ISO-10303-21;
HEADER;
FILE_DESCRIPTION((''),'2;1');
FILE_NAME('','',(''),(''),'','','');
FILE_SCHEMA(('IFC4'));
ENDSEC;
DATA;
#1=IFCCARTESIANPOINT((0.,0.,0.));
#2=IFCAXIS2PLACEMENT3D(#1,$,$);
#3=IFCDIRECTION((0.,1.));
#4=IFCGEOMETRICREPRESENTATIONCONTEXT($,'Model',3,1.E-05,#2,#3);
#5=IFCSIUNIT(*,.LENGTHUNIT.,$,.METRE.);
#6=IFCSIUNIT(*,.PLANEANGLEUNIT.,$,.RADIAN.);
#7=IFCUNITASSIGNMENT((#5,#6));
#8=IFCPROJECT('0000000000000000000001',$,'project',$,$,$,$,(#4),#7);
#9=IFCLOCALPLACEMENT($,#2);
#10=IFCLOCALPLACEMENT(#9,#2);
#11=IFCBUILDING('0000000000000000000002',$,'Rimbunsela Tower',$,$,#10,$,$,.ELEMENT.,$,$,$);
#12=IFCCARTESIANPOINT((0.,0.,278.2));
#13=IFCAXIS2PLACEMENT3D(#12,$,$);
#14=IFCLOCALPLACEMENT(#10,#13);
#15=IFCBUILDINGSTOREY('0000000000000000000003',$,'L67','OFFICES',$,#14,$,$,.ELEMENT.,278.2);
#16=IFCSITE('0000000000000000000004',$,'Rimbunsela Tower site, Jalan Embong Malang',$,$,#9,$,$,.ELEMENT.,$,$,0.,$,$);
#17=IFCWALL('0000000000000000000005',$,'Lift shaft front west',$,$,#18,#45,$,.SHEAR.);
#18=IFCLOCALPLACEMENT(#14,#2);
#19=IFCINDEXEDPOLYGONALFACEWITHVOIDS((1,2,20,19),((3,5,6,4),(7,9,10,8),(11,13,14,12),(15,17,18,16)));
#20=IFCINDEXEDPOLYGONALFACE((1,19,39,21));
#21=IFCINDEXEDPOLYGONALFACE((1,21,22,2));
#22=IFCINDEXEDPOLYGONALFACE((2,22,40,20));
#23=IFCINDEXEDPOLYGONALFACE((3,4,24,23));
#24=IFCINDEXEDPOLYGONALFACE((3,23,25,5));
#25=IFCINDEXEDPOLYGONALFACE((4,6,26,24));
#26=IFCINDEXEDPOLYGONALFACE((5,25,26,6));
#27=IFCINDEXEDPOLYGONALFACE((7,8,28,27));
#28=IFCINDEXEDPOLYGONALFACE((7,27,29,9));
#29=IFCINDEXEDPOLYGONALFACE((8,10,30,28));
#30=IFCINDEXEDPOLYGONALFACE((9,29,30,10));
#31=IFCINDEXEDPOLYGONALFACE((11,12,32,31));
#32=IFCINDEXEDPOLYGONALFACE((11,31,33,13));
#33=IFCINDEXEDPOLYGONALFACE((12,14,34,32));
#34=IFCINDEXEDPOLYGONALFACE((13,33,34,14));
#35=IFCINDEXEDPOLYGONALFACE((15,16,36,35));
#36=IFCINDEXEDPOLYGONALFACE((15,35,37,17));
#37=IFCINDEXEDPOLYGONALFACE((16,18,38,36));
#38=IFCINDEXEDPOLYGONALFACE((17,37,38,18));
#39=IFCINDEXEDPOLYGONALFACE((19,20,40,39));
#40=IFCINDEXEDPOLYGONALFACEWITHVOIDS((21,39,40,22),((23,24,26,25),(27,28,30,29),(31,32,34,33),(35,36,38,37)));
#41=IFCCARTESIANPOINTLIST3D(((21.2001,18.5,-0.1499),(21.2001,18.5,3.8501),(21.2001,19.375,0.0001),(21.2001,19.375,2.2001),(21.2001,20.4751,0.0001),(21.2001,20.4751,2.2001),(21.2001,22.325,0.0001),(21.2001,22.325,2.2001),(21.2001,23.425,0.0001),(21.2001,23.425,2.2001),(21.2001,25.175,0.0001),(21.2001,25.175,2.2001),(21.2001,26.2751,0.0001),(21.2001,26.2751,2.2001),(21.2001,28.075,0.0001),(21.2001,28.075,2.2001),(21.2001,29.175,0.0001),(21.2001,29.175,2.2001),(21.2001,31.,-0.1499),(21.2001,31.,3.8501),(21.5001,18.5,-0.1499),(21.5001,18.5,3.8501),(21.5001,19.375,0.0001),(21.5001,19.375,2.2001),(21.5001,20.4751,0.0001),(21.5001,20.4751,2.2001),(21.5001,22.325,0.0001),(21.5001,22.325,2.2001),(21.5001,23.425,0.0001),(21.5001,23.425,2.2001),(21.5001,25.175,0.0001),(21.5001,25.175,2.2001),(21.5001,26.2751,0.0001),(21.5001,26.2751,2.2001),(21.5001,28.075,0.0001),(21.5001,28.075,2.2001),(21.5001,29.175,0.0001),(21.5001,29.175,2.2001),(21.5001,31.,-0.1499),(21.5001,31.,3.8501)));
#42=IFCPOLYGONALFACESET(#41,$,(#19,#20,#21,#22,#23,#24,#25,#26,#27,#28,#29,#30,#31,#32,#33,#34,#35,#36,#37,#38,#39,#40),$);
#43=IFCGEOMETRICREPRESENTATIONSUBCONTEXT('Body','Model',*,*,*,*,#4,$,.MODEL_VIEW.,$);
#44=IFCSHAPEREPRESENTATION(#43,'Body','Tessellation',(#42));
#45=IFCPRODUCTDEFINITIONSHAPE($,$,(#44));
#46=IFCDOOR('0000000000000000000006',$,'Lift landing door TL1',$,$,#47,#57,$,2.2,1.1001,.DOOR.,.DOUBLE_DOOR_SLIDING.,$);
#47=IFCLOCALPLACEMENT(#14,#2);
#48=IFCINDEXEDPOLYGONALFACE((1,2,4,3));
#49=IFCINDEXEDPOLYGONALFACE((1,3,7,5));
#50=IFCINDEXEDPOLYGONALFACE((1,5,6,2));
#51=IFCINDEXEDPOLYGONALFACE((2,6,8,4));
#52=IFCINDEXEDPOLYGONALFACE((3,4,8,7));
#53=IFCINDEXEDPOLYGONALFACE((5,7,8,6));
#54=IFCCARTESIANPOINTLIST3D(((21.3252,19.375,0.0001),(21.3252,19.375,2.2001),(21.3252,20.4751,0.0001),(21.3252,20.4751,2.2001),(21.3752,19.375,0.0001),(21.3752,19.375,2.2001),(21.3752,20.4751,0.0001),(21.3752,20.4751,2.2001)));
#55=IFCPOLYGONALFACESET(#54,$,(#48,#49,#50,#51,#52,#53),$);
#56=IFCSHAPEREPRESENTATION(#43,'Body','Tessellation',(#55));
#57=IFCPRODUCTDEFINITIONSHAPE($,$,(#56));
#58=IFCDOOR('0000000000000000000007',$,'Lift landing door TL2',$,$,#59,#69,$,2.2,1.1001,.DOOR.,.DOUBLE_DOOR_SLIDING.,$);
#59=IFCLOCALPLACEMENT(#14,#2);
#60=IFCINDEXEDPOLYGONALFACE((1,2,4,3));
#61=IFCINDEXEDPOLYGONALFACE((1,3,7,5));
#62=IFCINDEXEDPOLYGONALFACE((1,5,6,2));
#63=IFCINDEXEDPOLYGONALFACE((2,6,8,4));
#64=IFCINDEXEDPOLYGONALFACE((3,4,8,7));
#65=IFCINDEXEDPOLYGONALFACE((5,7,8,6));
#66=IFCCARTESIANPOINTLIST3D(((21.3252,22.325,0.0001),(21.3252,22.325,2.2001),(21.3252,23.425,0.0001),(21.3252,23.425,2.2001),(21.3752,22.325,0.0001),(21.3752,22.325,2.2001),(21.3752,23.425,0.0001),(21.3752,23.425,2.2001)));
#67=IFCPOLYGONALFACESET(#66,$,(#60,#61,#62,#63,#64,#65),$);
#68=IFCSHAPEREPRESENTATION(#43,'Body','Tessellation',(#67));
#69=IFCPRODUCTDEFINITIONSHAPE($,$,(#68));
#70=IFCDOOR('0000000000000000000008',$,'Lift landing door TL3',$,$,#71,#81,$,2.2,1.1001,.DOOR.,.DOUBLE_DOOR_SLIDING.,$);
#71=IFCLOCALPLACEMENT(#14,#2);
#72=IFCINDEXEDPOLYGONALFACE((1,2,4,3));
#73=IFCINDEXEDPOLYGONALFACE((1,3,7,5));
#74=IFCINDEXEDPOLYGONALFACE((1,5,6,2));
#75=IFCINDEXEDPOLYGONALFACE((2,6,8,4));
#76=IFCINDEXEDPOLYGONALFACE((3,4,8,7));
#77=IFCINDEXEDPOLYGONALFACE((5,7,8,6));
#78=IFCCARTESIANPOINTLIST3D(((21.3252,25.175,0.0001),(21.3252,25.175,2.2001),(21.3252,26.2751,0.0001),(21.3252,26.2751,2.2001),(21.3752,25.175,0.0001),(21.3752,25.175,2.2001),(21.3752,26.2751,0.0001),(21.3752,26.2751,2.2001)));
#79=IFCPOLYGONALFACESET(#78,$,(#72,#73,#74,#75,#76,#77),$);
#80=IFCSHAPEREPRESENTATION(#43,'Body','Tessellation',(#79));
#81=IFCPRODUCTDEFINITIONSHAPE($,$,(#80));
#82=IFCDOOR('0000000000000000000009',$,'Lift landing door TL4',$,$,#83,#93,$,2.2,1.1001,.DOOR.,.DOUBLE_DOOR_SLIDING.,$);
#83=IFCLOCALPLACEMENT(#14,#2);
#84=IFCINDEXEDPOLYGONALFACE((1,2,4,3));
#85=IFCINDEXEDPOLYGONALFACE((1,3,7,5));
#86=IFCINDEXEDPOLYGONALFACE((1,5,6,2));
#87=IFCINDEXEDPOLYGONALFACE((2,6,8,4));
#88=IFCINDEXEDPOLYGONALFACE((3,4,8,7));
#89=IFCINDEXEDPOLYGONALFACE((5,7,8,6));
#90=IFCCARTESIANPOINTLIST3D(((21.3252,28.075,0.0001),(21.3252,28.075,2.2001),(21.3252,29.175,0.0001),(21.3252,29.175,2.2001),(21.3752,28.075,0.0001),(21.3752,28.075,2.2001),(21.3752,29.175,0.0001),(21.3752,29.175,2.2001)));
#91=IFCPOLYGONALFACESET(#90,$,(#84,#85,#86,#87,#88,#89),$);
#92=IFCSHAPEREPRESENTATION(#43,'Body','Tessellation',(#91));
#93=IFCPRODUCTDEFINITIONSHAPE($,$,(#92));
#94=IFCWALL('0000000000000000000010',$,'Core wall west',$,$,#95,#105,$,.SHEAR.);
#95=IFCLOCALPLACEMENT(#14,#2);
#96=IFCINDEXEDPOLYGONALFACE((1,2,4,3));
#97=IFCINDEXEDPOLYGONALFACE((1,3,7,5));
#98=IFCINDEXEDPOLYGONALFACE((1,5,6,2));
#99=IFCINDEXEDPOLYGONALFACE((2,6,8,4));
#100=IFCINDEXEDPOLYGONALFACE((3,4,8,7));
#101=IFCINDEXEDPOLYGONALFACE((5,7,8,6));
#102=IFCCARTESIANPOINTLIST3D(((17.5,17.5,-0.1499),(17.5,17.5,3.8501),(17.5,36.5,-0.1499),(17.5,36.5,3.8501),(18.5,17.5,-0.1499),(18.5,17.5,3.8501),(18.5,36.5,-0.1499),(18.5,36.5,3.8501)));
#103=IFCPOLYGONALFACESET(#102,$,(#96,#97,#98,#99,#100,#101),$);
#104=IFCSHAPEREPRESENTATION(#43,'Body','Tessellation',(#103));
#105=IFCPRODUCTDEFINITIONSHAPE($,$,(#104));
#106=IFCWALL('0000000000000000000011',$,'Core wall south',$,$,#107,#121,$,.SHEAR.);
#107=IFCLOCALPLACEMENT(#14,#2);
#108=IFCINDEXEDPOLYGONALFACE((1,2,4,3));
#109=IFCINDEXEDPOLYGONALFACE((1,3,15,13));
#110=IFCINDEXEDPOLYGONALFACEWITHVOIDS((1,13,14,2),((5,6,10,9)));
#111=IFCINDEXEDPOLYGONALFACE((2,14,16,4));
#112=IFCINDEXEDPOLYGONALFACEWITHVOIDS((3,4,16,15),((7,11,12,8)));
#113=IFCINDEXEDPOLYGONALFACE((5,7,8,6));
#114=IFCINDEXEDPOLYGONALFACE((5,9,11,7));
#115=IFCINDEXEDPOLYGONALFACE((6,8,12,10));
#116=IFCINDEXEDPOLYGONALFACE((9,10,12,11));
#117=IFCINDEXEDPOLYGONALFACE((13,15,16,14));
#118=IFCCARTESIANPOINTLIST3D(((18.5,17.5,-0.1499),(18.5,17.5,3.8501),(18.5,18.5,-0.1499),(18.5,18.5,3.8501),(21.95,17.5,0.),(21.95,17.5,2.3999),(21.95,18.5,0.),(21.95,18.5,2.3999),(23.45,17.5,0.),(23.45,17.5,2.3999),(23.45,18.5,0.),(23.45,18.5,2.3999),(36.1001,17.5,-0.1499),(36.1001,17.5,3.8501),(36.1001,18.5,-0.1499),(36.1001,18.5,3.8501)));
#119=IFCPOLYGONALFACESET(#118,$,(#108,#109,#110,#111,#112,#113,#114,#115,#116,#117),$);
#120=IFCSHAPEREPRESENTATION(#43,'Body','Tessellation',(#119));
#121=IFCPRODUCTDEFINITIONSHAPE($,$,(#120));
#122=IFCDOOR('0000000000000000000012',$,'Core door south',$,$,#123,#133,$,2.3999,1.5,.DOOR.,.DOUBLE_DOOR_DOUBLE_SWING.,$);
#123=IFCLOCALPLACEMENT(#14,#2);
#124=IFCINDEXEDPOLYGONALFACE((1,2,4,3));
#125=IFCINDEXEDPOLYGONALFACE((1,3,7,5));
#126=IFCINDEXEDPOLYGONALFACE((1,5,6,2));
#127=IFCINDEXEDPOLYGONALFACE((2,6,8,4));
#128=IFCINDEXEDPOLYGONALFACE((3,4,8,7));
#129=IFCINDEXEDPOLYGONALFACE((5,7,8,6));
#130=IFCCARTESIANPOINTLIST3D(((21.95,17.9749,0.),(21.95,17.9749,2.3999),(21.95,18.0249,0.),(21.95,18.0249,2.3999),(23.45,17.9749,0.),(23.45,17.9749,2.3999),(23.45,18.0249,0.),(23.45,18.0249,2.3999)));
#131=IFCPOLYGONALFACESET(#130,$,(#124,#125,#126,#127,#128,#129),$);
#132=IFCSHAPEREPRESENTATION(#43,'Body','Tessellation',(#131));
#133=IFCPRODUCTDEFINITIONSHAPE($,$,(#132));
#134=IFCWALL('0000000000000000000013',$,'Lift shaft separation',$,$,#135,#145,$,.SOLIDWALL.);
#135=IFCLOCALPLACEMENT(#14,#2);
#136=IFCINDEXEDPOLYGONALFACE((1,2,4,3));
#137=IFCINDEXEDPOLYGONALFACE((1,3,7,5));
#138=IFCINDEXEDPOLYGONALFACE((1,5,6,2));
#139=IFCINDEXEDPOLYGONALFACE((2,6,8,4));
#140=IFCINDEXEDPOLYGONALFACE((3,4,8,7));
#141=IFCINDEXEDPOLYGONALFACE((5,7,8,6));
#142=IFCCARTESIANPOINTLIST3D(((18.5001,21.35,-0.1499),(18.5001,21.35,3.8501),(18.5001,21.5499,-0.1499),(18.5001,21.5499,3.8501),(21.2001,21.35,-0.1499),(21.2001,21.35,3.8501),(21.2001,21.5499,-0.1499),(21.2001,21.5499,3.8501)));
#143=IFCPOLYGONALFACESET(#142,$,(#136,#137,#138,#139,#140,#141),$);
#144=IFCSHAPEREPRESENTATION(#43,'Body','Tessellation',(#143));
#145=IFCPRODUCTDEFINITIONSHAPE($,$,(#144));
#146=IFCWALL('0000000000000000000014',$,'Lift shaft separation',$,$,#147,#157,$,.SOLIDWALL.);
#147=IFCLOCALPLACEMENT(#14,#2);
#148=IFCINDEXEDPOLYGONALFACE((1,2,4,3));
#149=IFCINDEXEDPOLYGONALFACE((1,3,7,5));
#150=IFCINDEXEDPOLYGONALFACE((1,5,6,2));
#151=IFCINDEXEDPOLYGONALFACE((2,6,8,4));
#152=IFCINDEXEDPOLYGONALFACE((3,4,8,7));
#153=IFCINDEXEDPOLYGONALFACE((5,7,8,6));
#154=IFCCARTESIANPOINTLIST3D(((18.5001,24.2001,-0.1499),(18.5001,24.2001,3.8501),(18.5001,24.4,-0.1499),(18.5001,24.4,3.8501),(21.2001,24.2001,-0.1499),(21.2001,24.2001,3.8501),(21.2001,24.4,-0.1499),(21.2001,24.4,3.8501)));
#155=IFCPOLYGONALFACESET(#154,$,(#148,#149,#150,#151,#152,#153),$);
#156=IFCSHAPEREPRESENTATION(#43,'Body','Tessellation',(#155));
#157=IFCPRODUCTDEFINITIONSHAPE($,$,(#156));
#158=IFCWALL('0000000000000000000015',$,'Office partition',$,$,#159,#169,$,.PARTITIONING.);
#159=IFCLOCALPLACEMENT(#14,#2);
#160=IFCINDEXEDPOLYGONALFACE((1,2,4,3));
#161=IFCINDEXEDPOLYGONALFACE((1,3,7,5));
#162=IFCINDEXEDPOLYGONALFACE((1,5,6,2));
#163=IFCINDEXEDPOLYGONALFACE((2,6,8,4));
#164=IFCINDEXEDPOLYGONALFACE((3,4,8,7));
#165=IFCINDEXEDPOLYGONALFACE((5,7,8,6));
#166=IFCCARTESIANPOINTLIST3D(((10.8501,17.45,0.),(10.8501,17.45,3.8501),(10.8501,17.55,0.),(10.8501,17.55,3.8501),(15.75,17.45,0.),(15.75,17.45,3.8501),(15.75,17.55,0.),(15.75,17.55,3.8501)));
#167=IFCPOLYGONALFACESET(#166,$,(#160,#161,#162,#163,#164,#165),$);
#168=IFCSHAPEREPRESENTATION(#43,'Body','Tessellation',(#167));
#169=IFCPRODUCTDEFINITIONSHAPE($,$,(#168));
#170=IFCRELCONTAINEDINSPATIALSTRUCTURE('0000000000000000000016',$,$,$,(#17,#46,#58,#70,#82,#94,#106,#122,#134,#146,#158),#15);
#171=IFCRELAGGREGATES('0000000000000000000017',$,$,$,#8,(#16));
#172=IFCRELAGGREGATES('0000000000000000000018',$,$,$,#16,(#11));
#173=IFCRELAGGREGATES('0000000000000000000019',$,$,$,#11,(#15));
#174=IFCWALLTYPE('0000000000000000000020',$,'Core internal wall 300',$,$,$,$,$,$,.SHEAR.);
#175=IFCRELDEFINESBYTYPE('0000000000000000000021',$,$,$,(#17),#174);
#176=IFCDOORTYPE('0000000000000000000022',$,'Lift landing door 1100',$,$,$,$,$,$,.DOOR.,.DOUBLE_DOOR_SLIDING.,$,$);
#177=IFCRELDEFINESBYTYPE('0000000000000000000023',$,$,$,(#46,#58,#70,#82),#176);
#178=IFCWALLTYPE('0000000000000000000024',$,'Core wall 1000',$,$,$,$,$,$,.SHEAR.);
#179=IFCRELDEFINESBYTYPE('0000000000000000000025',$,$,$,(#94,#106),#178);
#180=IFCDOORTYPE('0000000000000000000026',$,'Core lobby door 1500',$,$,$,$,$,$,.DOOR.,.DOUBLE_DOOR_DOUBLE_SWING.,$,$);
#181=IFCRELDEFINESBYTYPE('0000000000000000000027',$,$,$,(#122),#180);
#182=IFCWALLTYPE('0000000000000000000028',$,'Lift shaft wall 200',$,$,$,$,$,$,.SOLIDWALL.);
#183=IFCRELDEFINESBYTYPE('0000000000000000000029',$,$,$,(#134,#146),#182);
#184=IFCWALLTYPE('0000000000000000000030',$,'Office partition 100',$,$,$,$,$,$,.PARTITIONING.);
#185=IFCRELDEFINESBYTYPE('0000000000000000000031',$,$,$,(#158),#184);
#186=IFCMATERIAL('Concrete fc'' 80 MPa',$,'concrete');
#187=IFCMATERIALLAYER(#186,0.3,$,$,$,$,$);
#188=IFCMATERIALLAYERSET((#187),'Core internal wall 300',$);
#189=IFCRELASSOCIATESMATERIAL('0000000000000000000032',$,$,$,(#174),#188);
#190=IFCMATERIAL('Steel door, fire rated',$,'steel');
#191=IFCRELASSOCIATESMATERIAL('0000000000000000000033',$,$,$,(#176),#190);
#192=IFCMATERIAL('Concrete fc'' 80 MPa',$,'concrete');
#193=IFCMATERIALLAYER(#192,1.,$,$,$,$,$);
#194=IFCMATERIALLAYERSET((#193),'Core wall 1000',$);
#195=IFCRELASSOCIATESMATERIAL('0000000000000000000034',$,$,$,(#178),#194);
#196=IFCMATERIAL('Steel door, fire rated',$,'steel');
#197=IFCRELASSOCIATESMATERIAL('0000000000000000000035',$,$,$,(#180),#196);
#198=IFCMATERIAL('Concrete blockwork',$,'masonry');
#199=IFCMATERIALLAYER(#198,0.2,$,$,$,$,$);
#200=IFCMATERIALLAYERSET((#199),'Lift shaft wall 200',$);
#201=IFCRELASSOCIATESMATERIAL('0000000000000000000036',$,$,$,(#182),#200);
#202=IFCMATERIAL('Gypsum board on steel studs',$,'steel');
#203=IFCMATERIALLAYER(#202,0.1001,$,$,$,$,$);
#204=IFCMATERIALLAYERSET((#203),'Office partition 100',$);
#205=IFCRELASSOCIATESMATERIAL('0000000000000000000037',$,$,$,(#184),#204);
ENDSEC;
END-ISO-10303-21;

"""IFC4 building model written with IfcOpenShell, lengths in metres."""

from ifc_helpers import new_model, si_unit, direction, frame, frame_2d, origin, place, context, subcontext, project, spatial, rectangle, extrude, material, layer, layer_set, type_object, element, fill, save


model = new_model("IFC4")

# Units and contexts
model_context = context("Model", 3, precision=1e-05, world=origin(), true_north=direction((0.0, 1.0)))
body_context = subcontext(model_context, "Body", "Model", "MODEL_VIEW")
ifc_project = project(units=[si_unit("LENGTHUNIT", "METRE"), si_unit("PLANEANGLEUNIT", "RADIAN")], contexts=[model_context])

# Site, building, storey
site_placement = place(None, origin())
site = spatial("IfcSite", under=ifc_project, at=site_placement, Name="Rimbunsela Tower site, Jalan Embong Malang", CompositionType="ELEMENT", RefElevation=0.0)
building_placement = place(site_placement, origin())
building = spatial("IfcBuilding", under=site, at=building_placement, Name="Rimbunsela Tower", CompositionType="ELEMENT")
storey_placement = place(building_placement, frame((0.0, 0.0, 278.2)))
storey = spatial("IfcBuildingStorey", under=building, at=storey_placement, Name="L67", Description="OFFICES", CompositionType="ELEMENT", Elevation=278.2)

# Wall, openings, doors
ifc_material_1 = material(Name="Concrete fc' 80 MPa", Category="concrete")
ifc_layer_1 = layer(ifc_material_1, 0.3)
ifc_layer_set_1 = layer_set([ifc_layer_1], Name="Core internal wall 300")
wall_type_1 = type_object("IfcWallType", Name="Core internal wall 300", PredefinedType="SHEAR", material=ifc_layer_set_1)
wall_1_placement = place(storey_placement, frame((21.3501, 18.5, -0.1499), z_axis=(0.0, 0.0, 1.0), x_axis=(0.0, 1.0, 0.0)))
wall_1 = element("IfcWall", 1, at=wall_1_placement, inside=storey, type_object=wall_type_1, Name="Lift shaft front west", PredefinedType="SHEAR", context=body_context, shape_type="SweptSolid", body=[
    extrude(rectangle(XDim=12.5, YDim=0.3, at=frame_2d((6.25, 0.0))), origin(), (0.0, 0.0, 1.0), 4.0),
])
opening_1_placement = place(wall_1_placement, frame((0.875, 0.0, 0.1499)))
opening_1 = element("IfcOpeningElement", 2, at=opening_1_placement, cuts=wall_1, PredefinedType="OPENING", context=body_context, shape_type="SweptSolid", body=[
    extrude(rectangle(XDim=1.1001, YDim=2.2, at=frame_2d((0.55, 1.1001))), frame((0.0, 0.1599, 0.0), z_axis=(0.0, -1.0, 0.0), x_axis=(1.0, 0.0, 0.0)), (0.0, 0.0, 1.0), 0.3201),
])
opening_2_placement = place(wall_1_placement, frame((3.825, 0.0, 0.1499)))
opening_2 = element("IfcOpeningElement", 3, at=opening_2_placement, cuts=wall_1, PredefinedType="OPENING", context=body_context, shape_type="SweptSolid", body=[
    extrude(rectangle(XDim=1.1001, YDim=2.2, at=frame_2d((0.55, 1.1001))), frame((0.0, 0.1599, 0.0), z_axis=(0.0, -1.0, 0.0), x_axis=(1.0, 0.0, 0.0)), (0.0, 0.0, 1.0), 0.3201),
])
opening_3_placement = place(wall_1_placement, frame((6.675, 0.0, 0.1499)))
opening_3 = element("IfcOpeningElement", 4, at=opening_3_placement, cuts=wall_1, PredefinedType="OPENING", context=body_context, shape_type="SweptSolid", body=[
    extrude(rectangle(XDim=1.1001, YDim=2.2, at=frame_2d((0.55, 1.1001))), frame((0.0, 0.1599, 0.0), z_axis=(0.0, -1.0, 0.0), x_axis=(1.0, 0.0, 0.0)), (0.0, 0.0, 1.0), 0.3201),
])
opening_4_placement = place(wall_1_placement, frame((9.575, 0.0, 0.1499)))
opening_4 = element("IfcOpeningElement", 5, at=opening_4_placement, cuts=wall_1, PredefinedType="OPENING", context=body_context, shape_type="SweptSolid", body=[
    extrude(rectangle(XDim=1.1001, YDim=2.2, at=frame_2d((0.55, 1.1001))), frame((0.0, 0.1599, 0.0), z_axis=(0.0, -1.0, 0.0), x_axis=(1.0, 0.0, 0.0)), (0.0, 0.0, 1.0), 0.3201),
])
ifc_material_2 = material(Name="Steel door, fire rated", Category="steel")
door_type_1 = type_object("IfcDoorType", Name="Lift landing door 1100", OperationType="DOUBLE_DOOR_SLIDING", PredefinedType="DOOR", material=ifc_material_2)
door_1_placement = place(opening_1_placement, origin())
door_1 = element("IfcDoor", 6, at=door_1_placement, inside=storey, type_object=door_type_1, Name="Lift landing door TL1", OperationType="DOUBLE_DOOR_SLIDING", OverallHeight=2.2, OverallWidth=1.1001, PredefinedType="DOOR", context=body_context, shape_type="SweptSolid", body=[
    extrude(rectangle(XDim=1.1001, YDim=2.2, at=frame_2d((0.55, 1.1001))), frame((0.0, 0.0249, 0.0), z_axis=(0.0, -1.0, 0.0), x_axis=(1.0, 0.0, 0.0)), (0.0, 0.0, 1.0), 0.05),
])
fill(opening_1, door_1)
door_2_placement = place(opening_2_placement, origin())
door_2 = element("IfcDoor", 7, at=door_2_placement, inside=storey, type_object=door_type_1, Name="Lift landing door TL2", OperationType="DOUBLE_DOOR_SLIDING", OverallHeight=2.2, OverallWidth=1.1001, PredefinedType="DOOR", context=body_context, shape_type="SweptSolid", body=[
    extrude(rectangle(XDim=1.1001, YDim=2.2, at=frame_2d((0.55, 1.1001))), frame((0.0, 0.0249, 0.0), z_axis=(0.0, -1.0, 0.0), x_axis=(1.0, 0.0, 0.0)), (0.0, 0.0, 1.0), 0.05),
])
fill(opening_2, door_2)
door_3_placement = place(opening_3_placement, origin())
door_3 = element("IfcDoor", 8, at=door_3_placement, inside=storey, type_object=door_type_1, Name="Lift landing door TL3", OperationType="DOUBLE_DOOR_SLIDING", OverallHeight=2.2, OverallWidth=1.1001, PredefinedType="DOOR", context=body_context, shape_type="SweptSolid", body=[
    extrude(rectangle(XDim=1.1001, YDim=2.2, at=frame_2d((0.55, 1.1001))), frame((0.0, 0.0249, 0.0), z_axis=(0.0, -1.0, 0.0), x_axis=(1.0, 0.0, 0.0)), (0.0, 0.0, 1.0), 0.05),
])
fill(opening_3, door_3)
door_4_placement = place(opening_4_placement, origin())
door_4 = element("IfcDoor", 9, at=door_4_placement, inside=storey, type_object=door_type_1, Name="Lift landing door TL4", OperationType="DOUBLE_DOOR_SLIDING", OverallHeight=2.2, OverallWidth=1.1001, PredefinedType="DOOR", context=body_context, shape_type="SweptSolid", body=[
    extrude(rectangle(XDim=1.1001, YDim=2.2, at=frame_2d((0.55, 1.1001))), frame((0.0, 0.0249, 0.0), z_axis=(0.0, -1.0, 0.0), x_axis=(1.0, 0.0, 0.0)), (0.0, 0.0, 1.0), 0.05),
])
fill(opening_4, door_4)

# Wall
ifc_material_3 = material(Name="Concrete fc' 80 MPa", Category="concrete")
ifc_layer_2 = layer(ifc_material_3, 1.0)
ifc_layer_set_2 = layer_set([ifc_layer_2], Name="Core wall 1000")
wall_type_2 = type_object("IfcWallType", Name="Core wall 1000", PredefinedType="SHEAR", material=ifc_layer_set_2)
wall_2_placement = place(storey_placement, frame((18.0, 17.5, -0.1499), z_axis=(0.0, 0.0, 1.0), x_axis=(0.0, 1.0, 0.0)))
element("IfcWall", 10, at=wall_2_placement, inside=storey, type_object=wall_type_2, Name="Core wall west", PredefinedType="SHEAR", context=body_context, shape_type="SweptSolid", body=[
    extrude(rectangle(XDim=19.0, YDim=1.0, at=frame_2d((9.5, 0.0))), origin(), (0.0, 0.0, 1.0), 4.0),
])

# Wall, opening, door
wall_3_placement = place(storey_placement, frame((18.5, 18.0, -0.1499), z_axis=(0.0, 0.0, 1.0), x_axis=(1.0, 0.0, 0.0)))
wall_3 = element("IfcWall", 11, at=wall_3_placement, inside=storey, type_object=wall_type_2, Name="Core wall south", PredefinedType="SHEAR", context=body_context, shape_type="SweptSolid", body=[
    extrude(rectangle(XDim=17.6001, YDim=1.0, at=frame_2d((8.8, 0.0))), origin(), (0.0, 0.0, 1.0), 4.0),
])
opening_5_placement = place(wall_3_placement, frame((3.45, 0.0, 0.1499)))
opening_5 = element("IfcOpeningElement", 12, at=opening_5_placement, cuts=wall_3, PredefinedType="OPENING", context=body_context, shape_type="SweptSolid", body=[
    extrude(rectangle(XDim=1.5, YDim=2.3999, at=frame_2d((0.75, 1.2))), frame((0.0, 0.51, 0.0), z_axis=(0.0, -1.0, 0.0), x_axis=(1.0, 0.0, 0.0)), (0.0, 0.0, 1.0), 1.02),
])
ifc_material_4 = material(Name="Steel door, fire rated", Category="steel")
door_type_2 = type_object("IfcDoorType", Name="Core lobby door 1500", OperationType="DOUBLE_DOOR_DOUBLE_SWING", PredefinedType="DOOR", material=ifc_material_4)
door_5_placement = place(opening_5_placement, origin())
door_5 = element("IfcDoor", 13, at=door_5_placement, inside=storey, type_object=door_type_2, Name="Core door south", OperationType="DOUBLE_DOOR_DOUBLE_SWING", OverallHeight=2.3999, OverallWidth=1.5, PredefinedType="DOOR", context=body_context, shape_type="SweptSolid", body=[
    extrude(rectangle(XDim=1.5, YDim=2.3999, at=frame_2d((0.75, 1.2))), frame((0.0, 0.0249, 0.0), z_axis=(0.0, -1.0, 0.0), x_axis=(1.0, 0.0, 0.0)), (0.0, 0.0, 1.0), 0.05),
])
fill(opening_5, door_5)

# Walls
ifc_material_5 = material(Name="Concrete blockwork", Category="masonry")
ifc_layer_3 = layer(ifc_material_5, 0.2)
ifc_layer_set_3 = layer_set([ifc_layer_3], Name="Lift shaft wall 200")
wall_type_3 = type_object("IfcWallType", Name="Lift shaft wall 200", PredefinedType="SOLIDWALL", material=ifc_layer_set_3)
for number, where, z_axis, x_axis, name in (
    (14, (18.5, 21.45, -0.1499), (0.0, 0.0, 1.0), (1.0, 0.0, 0.0), "Lift shaft separation"),
    (15, (18.5, 24.3, -0.1499), (0.0, 0.0, 1.0), (1.0, 0.0, 0.0), "Lift shaft separation"),
):
    element("IfcWall", number, at=place(storey_placement, frame(where, z_axis=z_axis, x_axis=x_axis)), inside=storey, type_object=wall_type_3, Name=name, PredefinedType="SOLIDWALL", context=body_context, shape_type="SweptSolid", body=[
        extrude(rectangle(XDim=2.7, YDim=0.2, at=frame_2d((1.3501, 0.0))), origin(), (0.0, 0.0, 1.0), 4.0),
    ])
ifc_material_6 = material(Name="Gypsum board on steel studs", Category="steel")
ifc_layer_4 = layer(ifc_material_6, 0.1001)
ifc_layer_set_4 = layer_set([ifc_layer_4], Name="Office partition 100")
wall_type_4 = type_object("IfcWallType", Name="Office partition 100", PredefinedType="PARTITIONING", material=ifc_layer_set_4)
wall_4_placement = place(storey_placement, frame((10.8501, 17.5, 0.0), z_axis=(0.0, 0.0, 1.0), x_axis=(1.0, 0.0, 0.0)))
element("IfcWall", 16, at=wall_4_placement, inside=storey, type_object=wall_type_4, Name="Office partition", PredefinedType="PARTITIONING", context=body_context, shape_type="SweptSolid", body=[
    extrude(rectangle(XDim=4.8999, YDim=0.1001, at=frame_2d((2.45, 0.0))), origin(), (0.0, 0.0, 1.0), 3.8501),
])

save(model, "model.ifc")
